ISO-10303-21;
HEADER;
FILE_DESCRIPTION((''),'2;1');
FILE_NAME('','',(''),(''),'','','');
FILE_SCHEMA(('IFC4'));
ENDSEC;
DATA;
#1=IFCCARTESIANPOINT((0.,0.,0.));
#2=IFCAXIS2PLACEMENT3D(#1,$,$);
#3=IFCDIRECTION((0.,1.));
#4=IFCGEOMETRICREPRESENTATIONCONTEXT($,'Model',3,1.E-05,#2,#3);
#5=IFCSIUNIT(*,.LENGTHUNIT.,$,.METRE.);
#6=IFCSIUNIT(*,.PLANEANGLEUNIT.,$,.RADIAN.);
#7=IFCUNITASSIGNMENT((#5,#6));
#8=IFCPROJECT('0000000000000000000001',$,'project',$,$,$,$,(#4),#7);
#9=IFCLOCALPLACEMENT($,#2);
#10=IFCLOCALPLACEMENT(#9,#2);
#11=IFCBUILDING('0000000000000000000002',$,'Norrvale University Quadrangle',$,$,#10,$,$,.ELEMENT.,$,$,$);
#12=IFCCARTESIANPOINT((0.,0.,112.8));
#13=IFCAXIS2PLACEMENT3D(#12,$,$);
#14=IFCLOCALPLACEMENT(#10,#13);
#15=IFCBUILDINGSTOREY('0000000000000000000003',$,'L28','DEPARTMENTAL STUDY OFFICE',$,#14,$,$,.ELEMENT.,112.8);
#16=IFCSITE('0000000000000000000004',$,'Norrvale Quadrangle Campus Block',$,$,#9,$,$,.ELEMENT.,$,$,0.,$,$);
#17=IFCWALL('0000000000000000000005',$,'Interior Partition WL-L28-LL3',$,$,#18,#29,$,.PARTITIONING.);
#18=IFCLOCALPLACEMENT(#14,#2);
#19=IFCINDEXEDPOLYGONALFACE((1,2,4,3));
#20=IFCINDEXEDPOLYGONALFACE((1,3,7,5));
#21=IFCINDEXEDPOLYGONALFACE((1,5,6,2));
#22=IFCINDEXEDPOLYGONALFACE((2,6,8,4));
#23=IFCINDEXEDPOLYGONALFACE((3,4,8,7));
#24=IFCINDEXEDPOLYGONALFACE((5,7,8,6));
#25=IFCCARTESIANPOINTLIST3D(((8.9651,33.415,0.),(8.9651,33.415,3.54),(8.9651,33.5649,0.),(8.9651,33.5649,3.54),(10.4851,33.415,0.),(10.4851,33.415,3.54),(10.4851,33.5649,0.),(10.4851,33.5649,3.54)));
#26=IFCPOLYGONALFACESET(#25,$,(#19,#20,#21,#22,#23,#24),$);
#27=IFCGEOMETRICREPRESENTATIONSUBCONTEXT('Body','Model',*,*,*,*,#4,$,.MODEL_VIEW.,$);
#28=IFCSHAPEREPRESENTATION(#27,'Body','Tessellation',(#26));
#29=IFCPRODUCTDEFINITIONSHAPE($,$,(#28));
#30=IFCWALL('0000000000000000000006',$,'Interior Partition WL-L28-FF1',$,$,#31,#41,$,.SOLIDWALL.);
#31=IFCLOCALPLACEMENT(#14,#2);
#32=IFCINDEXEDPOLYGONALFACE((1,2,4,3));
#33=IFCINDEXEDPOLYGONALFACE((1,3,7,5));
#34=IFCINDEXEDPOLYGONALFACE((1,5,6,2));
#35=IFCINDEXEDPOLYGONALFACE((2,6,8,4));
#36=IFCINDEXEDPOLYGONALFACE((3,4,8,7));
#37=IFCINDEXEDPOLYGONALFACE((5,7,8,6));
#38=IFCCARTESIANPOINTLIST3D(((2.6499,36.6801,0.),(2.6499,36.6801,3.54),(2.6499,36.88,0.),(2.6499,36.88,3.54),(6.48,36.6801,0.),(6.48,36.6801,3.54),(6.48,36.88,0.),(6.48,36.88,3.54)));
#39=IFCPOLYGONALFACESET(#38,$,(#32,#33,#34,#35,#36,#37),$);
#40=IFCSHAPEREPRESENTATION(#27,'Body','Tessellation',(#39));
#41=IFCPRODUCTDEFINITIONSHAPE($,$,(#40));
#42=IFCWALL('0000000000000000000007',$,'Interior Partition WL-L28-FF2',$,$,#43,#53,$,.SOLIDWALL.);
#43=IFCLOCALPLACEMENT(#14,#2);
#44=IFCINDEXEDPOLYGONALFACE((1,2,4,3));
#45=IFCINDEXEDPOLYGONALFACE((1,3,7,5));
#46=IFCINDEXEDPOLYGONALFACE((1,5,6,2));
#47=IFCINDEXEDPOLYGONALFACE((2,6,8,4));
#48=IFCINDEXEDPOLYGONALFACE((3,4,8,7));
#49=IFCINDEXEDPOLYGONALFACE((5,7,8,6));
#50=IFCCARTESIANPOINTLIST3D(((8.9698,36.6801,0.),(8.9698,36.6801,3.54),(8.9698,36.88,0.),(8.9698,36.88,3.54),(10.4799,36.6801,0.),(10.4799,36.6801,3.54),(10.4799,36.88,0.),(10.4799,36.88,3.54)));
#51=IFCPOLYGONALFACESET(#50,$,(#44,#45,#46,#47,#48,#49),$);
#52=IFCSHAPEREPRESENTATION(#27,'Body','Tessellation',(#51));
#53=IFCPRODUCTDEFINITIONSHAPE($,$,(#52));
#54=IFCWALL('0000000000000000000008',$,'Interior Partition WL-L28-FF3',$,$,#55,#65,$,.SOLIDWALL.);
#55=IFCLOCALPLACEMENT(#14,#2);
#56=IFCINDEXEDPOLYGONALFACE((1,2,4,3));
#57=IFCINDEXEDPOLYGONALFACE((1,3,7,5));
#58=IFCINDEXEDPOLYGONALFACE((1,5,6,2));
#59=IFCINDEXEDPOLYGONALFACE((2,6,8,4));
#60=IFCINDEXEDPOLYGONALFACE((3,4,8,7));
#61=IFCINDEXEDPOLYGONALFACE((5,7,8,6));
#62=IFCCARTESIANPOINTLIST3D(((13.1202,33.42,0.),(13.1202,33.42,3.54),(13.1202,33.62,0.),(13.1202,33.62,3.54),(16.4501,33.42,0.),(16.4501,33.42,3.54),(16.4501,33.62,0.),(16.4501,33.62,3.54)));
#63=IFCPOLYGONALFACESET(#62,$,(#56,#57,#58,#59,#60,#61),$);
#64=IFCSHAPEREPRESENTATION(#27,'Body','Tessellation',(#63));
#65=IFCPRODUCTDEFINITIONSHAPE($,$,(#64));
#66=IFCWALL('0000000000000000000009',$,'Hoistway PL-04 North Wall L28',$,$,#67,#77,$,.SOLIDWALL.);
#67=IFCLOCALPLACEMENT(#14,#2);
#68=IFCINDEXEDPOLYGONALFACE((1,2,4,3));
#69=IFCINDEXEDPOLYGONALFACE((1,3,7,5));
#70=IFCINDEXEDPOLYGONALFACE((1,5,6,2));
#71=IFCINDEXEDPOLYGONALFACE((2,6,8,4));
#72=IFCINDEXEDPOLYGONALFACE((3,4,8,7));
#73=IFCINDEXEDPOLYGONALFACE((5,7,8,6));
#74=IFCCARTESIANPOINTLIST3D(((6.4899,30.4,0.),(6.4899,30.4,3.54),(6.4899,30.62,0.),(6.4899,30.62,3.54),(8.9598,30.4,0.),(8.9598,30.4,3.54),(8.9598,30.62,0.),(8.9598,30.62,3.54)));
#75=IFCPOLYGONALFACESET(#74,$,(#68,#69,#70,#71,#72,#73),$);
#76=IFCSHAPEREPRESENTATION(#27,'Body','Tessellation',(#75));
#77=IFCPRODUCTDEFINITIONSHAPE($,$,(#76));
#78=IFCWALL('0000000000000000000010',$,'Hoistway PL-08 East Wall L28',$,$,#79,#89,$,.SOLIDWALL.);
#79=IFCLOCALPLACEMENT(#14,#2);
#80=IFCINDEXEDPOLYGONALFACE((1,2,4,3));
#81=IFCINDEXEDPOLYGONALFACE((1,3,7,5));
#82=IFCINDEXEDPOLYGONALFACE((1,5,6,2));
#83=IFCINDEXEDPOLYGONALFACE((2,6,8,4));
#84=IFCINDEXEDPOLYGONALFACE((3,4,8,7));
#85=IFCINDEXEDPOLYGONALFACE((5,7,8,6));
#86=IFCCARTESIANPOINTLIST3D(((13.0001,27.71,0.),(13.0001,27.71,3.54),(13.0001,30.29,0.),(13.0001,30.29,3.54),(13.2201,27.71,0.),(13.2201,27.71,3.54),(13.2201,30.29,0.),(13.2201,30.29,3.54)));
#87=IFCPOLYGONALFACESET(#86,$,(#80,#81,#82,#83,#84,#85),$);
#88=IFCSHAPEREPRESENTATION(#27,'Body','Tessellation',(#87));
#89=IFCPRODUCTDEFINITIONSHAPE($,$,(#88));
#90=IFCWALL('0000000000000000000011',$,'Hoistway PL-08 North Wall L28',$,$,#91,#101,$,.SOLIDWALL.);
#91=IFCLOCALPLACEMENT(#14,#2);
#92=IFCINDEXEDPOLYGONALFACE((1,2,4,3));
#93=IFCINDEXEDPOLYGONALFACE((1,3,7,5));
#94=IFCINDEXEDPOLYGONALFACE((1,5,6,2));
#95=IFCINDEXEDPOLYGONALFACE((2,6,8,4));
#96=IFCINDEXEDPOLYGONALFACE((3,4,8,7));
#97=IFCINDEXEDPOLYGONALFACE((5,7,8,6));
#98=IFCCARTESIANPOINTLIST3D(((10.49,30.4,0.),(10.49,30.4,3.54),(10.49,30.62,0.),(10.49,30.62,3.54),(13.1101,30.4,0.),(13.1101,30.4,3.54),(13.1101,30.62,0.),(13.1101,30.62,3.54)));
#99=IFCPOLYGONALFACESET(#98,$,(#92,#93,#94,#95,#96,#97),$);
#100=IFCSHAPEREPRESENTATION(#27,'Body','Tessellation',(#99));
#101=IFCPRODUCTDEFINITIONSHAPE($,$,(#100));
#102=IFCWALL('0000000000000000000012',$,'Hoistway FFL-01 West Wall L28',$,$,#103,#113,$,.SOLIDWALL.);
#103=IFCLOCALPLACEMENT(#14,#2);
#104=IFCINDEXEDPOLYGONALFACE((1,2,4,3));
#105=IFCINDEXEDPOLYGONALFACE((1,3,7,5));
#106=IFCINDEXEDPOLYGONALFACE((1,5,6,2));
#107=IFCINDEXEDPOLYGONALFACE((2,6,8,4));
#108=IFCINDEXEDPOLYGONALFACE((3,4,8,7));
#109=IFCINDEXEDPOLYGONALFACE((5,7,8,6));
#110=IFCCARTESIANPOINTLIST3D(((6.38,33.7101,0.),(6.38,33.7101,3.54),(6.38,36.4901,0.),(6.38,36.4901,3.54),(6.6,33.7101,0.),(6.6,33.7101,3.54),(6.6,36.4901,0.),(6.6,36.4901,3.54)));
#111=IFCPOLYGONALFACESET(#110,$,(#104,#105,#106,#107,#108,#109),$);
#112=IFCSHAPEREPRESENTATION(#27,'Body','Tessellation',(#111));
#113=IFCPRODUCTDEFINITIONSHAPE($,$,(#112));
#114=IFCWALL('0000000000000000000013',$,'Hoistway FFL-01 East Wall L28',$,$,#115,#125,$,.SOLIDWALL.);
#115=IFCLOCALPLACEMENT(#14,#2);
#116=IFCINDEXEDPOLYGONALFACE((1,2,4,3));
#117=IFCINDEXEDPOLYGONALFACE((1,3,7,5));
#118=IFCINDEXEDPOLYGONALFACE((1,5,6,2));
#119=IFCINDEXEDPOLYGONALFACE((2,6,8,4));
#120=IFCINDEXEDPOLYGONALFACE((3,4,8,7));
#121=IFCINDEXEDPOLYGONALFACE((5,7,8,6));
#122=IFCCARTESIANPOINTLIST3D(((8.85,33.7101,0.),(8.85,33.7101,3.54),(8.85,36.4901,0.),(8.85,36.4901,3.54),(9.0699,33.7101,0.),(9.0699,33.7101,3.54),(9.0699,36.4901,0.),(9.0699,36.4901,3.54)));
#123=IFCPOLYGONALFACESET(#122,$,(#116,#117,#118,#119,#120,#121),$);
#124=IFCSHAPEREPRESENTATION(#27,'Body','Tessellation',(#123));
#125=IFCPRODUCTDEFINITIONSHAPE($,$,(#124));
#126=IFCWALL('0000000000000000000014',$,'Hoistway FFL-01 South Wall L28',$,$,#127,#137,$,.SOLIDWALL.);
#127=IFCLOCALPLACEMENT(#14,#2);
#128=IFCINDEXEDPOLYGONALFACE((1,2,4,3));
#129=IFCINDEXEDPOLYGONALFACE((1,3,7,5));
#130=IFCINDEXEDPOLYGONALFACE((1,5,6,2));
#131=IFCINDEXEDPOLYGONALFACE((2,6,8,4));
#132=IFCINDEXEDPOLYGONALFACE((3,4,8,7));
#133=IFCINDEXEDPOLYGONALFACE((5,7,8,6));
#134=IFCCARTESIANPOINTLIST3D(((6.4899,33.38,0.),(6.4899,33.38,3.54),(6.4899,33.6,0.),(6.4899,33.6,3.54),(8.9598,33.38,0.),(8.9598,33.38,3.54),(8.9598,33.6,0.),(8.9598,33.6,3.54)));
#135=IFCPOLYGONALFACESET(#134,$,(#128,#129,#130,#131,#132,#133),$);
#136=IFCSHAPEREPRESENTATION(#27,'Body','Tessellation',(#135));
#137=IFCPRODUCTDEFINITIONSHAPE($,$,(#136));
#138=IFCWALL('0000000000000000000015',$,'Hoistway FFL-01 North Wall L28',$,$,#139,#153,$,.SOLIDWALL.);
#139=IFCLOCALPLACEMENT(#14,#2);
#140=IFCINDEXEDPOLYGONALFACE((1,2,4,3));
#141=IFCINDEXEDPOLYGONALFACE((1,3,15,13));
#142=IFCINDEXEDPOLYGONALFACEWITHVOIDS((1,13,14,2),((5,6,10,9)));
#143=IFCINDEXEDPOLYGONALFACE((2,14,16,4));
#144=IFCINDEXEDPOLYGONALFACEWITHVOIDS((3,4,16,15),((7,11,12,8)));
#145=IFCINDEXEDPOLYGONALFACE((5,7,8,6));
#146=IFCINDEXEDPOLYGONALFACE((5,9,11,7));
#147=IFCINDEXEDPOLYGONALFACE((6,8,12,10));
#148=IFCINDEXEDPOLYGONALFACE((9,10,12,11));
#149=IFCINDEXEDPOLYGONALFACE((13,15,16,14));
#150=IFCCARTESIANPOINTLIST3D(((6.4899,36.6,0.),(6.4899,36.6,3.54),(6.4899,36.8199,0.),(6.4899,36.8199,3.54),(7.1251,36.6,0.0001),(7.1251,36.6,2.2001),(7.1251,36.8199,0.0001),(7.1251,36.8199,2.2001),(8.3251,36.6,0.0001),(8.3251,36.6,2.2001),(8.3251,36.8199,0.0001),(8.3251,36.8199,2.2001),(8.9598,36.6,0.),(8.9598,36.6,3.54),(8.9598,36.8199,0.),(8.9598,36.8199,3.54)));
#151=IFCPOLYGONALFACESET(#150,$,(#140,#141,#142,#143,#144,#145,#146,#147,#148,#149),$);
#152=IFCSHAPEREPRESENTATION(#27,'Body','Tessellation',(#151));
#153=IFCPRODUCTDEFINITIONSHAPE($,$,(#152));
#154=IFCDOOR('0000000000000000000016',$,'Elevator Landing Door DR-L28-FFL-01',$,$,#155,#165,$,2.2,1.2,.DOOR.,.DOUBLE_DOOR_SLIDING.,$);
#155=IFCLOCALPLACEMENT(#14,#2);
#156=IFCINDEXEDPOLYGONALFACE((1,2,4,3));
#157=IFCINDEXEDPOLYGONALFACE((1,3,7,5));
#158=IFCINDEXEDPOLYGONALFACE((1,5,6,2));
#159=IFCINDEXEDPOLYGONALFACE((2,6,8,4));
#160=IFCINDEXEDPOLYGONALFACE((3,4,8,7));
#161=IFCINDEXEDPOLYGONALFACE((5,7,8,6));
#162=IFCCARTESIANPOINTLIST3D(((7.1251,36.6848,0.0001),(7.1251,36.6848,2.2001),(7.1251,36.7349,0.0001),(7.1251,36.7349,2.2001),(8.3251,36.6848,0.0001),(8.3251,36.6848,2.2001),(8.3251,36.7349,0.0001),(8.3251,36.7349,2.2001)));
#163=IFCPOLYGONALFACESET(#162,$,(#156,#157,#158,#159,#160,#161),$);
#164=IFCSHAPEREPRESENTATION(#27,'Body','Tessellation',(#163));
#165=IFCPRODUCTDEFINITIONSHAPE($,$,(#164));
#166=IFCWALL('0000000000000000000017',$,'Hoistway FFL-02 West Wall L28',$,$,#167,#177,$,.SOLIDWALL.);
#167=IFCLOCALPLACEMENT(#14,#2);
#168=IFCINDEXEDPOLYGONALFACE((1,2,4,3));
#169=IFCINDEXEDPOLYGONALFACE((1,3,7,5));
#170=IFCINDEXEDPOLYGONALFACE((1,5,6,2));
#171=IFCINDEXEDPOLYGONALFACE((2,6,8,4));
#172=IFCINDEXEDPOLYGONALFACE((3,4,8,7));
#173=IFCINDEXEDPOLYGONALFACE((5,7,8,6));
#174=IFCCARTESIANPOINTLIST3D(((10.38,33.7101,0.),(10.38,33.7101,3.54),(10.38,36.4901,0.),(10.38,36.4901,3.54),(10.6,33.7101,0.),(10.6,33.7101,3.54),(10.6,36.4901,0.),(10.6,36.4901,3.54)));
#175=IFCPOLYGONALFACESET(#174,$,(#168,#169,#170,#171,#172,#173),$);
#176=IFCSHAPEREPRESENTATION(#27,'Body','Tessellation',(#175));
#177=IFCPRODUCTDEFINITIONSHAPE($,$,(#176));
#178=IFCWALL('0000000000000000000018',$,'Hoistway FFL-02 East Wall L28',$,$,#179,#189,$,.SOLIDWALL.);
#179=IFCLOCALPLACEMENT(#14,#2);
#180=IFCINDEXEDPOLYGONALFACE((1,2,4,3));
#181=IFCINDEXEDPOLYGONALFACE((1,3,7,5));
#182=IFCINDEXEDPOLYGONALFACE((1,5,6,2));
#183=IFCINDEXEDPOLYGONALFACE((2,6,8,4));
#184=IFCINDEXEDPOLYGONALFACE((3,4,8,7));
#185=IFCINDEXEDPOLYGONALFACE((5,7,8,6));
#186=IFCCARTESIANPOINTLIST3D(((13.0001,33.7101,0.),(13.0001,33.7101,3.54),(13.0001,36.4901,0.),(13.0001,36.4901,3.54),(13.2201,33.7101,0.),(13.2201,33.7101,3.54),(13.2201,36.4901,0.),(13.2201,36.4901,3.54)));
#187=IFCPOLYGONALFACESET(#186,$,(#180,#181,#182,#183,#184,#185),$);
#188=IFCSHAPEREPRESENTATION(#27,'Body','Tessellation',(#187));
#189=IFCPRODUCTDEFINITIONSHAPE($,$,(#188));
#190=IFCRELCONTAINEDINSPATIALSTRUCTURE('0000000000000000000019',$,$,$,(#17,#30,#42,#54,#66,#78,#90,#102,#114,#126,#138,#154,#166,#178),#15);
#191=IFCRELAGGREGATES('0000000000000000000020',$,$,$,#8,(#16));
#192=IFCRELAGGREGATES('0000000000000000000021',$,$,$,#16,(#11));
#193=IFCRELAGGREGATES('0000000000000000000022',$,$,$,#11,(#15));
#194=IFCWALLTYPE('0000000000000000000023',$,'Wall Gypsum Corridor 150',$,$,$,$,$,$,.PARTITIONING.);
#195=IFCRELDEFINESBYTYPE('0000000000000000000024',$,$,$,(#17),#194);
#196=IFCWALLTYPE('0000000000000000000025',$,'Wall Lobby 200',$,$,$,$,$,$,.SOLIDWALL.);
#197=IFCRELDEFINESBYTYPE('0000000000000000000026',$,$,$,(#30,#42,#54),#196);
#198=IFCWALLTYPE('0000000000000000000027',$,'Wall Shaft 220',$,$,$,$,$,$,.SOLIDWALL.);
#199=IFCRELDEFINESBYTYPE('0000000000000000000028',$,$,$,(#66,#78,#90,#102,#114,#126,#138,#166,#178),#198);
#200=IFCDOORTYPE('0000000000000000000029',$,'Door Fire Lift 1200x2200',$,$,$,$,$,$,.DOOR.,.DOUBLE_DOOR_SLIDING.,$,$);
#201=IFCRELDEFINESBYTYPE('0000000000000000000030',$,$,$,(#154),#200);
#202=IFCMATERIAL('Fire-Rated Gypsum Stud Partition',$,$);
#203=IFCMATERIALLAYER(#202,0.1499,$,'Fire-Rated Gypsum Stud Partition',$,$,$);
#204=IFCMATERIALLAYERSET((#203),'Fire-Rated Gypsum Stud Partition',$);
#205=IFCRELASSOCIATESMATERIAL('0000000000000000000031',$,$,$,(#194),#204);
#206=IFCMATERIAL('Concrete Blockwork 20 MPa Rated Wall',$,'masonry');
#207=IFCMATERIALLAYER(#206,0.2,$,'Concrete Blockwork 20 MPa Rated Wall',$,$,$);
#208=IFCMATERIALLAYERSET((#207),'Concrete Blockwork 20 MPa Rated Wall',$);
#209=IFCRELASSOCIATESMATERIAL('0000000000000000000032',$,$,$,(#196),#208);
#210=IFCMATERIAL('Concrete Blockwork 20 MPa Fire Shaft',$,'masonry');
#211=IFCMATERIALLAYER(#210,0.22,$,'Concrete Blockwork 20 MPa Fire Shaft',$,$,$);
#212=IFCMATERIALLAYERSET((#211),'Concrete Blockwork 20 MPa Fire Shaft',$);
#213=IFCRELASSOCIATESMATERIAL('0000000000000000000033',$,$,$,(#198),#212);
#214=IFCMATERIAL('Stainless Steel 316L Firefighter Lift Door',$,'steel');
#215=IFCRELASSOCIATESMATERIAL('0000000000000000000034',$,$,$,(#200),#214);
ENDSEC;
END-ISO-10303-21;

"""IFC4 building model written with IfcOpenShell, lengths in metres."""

from ifc_helpers import new_model, si_unit, direction, frame, frame_2d, origin, place, context, subcontext, project, spatial, rectangle, extrude, material, layer, layer_set, type_object, element, fill, save


model = new_model("IFC4")

# Units and contexts
model_context = context("Model", 3, precision=1e-05, world=origin(), true_north=direction((0.0, 1.0)))
body_context = subcontext(model_context, "Body", "Model", "MODEL_VIEW")
ifc_project = project(units=[si_unit("LENGTHUNIT", "METRE"), si_unit("PLANEANGLEUNIT", "RADIAN")], contexts=[model_context])

# Site, building, storey
site_placement = place(None, origin())
site = spatial("IfcSite", under=ifc_project, at=site_placement, Name="Norrvale Quadrangle Campus Block", CompositionType="ELEMENT", RefElevation=0.0)
building_placement = place(site_placement, origin())
building = spatial("IfcBuilding", under=site, at=building_placement, Name="Norrvale University Quadrangle", CompositionType="ELEMENT")
storey_placement = place(building_placement, frame((0.0, 0.0, 112.8)))
storey = spatial("IfcBuildingStorey", under=building, at=storey_placement, Name="L28", Description="DEPARTMENTAL STUDY OFFICE", CompositionType="ELEMENT", Elevation=112.8)

# Walls
ifc_material_1 = material(Name="Fire-Rated Gypsum Stud Partition")
ifc_layer_1 = layer(ifc_material_1, 0.1499, Name="Fire-Rated Gypsum Stud Partition")
ifc_layer_set_1 = layer_set([ifc_layer_1], Name="Fire-Rated Gypsum Stud Partition")
wall_type_1 = type_object("IfcWallType", Name="Wall Gypsum Corridor 150", PredefinedType="PARTITIONING", material=ifc_layer_set_1)
wall_1_placement = place(storey_placement, frame((8.9651, 33.49, 0.0), z_axis=(0.0, 0.0, 1.0), x_axis=(1.0, 0.0, 0.0)))
element("IfcWall", 1, at=wall_1_placement, inside=storey, type_object=wall_type_1, Name="Interior Partition WL-L28-LL3", PredefinedType="PARTITIONING", context=body_context, shape_type="SweptSolid", body=[
    extrude(rectangle(XDim=1.52, YDim=0.1499, at=frame_2d((0.76, 0.0))), origin(), (0.0, 0.0, 1.0), 3.54),
])
ifc_material_2 = material(Name="Concrete Blockwork 20 MPa Rated Wall", Category="masonry")
ifc_layer_2 = layer(ifc_material_2, 0.2, Name="Concrete Blockwork 20 MPa Rated Wall")
ifc_layer_set_2 = layer_set([ifc_layer_2], Name="Concrete Blockwork 20 MPa Rated Wall")
wall_type_2 = type_object("IfcWallType", Name="Wall Lobby 200", PredefinedType="SOLIDWALL", material=ifc_layer_set_2)
wall_2_placement = place(storey_placement, frame((2.6499, 36.78, 0.0), z_axis=(0.0, 0.0, 1.0), x_axis=(1.0, 0.0, 0.0)))
element("IfcWall", 2, at=wall_2_placement, inside=storey, type_object=wall_type_2, Name="Interior Partition WL-L28-FF1", PredefinedType="SOLIDWALL", context=body_context, shape_type="SweptSolid", body=[
    extrude(rectangle(XDim=3.8301, YDim=0.2, at=frame_2d((1.915, 0.0))), origin(), (0.0, 0.0, 1.0), 3.54),
])
wall_3_placement = place(storey_placement, frame((8.97, 36.78, 0.0), z_axis=(0.0, 0.0, 1.0), x_axis=(1.0, 0.0, 0.0)))
element("IfcWall", 3, at=wall_3_placement, inside=storey, type_object=wall_type_2, Name="Interior Partition WL-L28-FF2", PredefinedType="SOLIDWALL", context=body_context, shape_type="SweptSolid", body=[
    extrude(rectangle(XDim=1.51, YDim=0.2, at=frame_2d((0.7549, 0.0))), origin(), (0.0, 0.0, 1.0), 3.54),
])
wall_4_placement = place(storey_placement, frame((13.1201, 33.52, 0.0), z_axis=(0.0, 0.0, 1.0), x_axis=(1.0, 0.0, 0.0)))
element("IfcWall", 4, at=wall_4_placement, inside=storey, type_object=wall_type_2, Name="Interior Partition WL-L28-FF3", PredefinedType="SOLIDWALL", context=body_context, shape_type="SweptSolid", body=[
    extrude(rectangle(XDim=3.3298, YDim=0.2, at=frame_2d((1.665, 0.0))), origin(), (0.0, 0.0, 1.0), 3.54),
])
ifc_material_3 = material(Name="Concrete Blockwork 20 MPa Fire Shaft", Category="masonry")
ifc_layer_3 = layer(ifc_material_3, 0.22, Name="Concrete Blockwork 20 MPa Fire Shaft")
ifc_layer_set_3 = layer_set([ifc_layer_3], Name="Concrete Blockwork 20 MPa Fire Shaft")
wall_type_3 = type_object("IfcWallType", Name="Wall Shaft 220", PredefinedType="SOLIDWALL", material=ifc_layer_set_3)
wall_5_placement = place(storey_placement, frame((6.49, 30.51, 0.0), z_axis=(0.0, 0.0, 1.0), x_axis=(1.0, 0.0, 0.0)))
element("IfcWall", 5, at=wall_5_placement, inside=storey, type_object=wall_type_3, Name="Hoistway PL-04 North Wall L28", PredefinedType="SOLIDWALL", context=body_context, shape_type="SweptSolid", body=[
    extrude(rectangle(XDim=2.47, YDim=0.22, at=frame_2d((1.2349, 0.0))), origin(), (0.0, 0.0, 1.0), 3.54),
])
wall_6_placement = place(storey_placement, frame((13.1101, 27.71, 0.0), z_axis=(0.0, 0.0, 1.0), x_axis=(0.0, 1.0, 0.0)))
element("IfcWall", 6, at=wall_6_placement, inside=storey, type_object=wall_type_3, Name="Hoistway PL-08 East Wall L28", PredefinedType="SOLIDWALL", context=body_context, shape_type="SweptSolid", body=[
    extrude(rectangle(XDim=2.5801, YDim=0.22, at=frame_2d((1.29, 0.0))), origin(), (0.0, 0.0, 1.0), 3.54),
])
wall_7_placement = place(storey_placement, frame((10.49, 30.51, 0.0), z_axis=(0.0, 0.0, 1.0), x_axis=(1.0, 0.0, 0.0)))
element("IfcWall", 7, at=wall_7_placement, inside=storey, type_object=wall_type_3, Name="Hoistway PL-08 North Wall L28", PredefinedType="SOLIDWALL", context=body_context, shape_type="SweptSolid", body=[
    extrude(rectangle(XDim=2.6201, YDim=0.22, at=frame_2d((1.3101, 0.0))), origin(), (0.0, 0.0, 1.0), 3.54),
])
for number, where, z_axis, x_axis, name in (
    (8, (6.49, 33.71, 0.0), (0.0, 0.0, 1.0), (0.0, 1.0, 0.0), "Hoistway FFL-01 West Wall L28"),
    (9, (8.96, 33.71, 0.0), (0.0, 0.0, 1.0), (0.0, 1.0, 0.0), "Hoistway FFL-01 East Wall L28"),
):
    element("IfcWall", number, at=place(storey_placement, frame(where, z_axis=z_axis, x_axis=x_axis)), inside=storey, type_object=wall_type_3, Name=name, PredefinedType="SOLIDWALL", context=body_context, shape_type="SweptSolid", body=[
        extrude(rectangle(XDim=2.78, YDim=0.22, at=frame_2d((1.3901, 0.0))), origin(), (0.0, 0.0, 1.0), 3.54),
    ])
wall_8_placement = place(storey_placement, frame((6.49, 33.49, 0.0), z_axis=(0.0, 0.0, 1.0), x_axis=(1.0, 0.0, 0.0)))
element("IfcWall", 10, at=wall_8_placement, inside=storey, type_object=wall_type_3, Name="Hoistway FFL-01 South Wall L28", PredefinedType="SOLIDWALL", context=body_context, shape_type="SweptSolid", body=[
    extrude(rectangle(XDim=2.47, YDim=0.22, at=frame_2d((1.2349, 0.0))), origin(), (0.0, 0.0, 1.0), 3.54),
])

# Wall, opening, door
wall_9_placement = place(storey_placement, frame((6.49, 36.71, 0.0), z_axis=(0.0, 0.0, 1.0), x_axis=(1.0, 0.0, 0.0)))
wall_9 = element("IfcWall", 11, at=wall_9_placement, inside=storey, type_object=wall_type_3, Name="Hoistway FFL-01 North Wall L28", PredefinedType="SOLIDWALL", context=body_context, shape_type="SweptSolid", body=[
    extrude(rectangle(XDim=2.47, YDim=0.22, at=frame_2d((1.2349, 0.0))), origin(), (0.0, 0.0, 1.0), 3.54),
])
opening_1_placement = place(wall_9_placement, frame((0.635, 0.0, 0.0)))
opening_1 = element("IfcOpeningElement", 12, at=opening_1_placement, cuts=wall_9, PredefinedType="OPENING", context=body_context, shape_type="SweptSolid", body=[
    extrude(rectangle(XDim=1.2, YDim=2.2, at=frame_2d((0.6001, 1.1001))), frame((0.0, 0.1221, 0.0), z_axis=(0.0, -1.0, 0.0), x_axis=(1.0, 0.0, 0.0)), (0.0, 0.0, 1.0), 0.2439),
])
ifc_material_4 = material(Name="Stainless Steel 316L Firefighter Lift Door", Category="steel")
door_type = type_object("IfcDoorType", Name="Door Fire Lift 1200x2200", OperationType="DOUBLE_DOOR_SLIDING", PredefinedType="DOOR", material=ifc_material_4)
door_1_placement = place(opening_1_placement, origin())
door_1 = element("IfcDoor", 13, at=door_1_placement, inside=storey, type_object=door_type, Name="Elevator Landing Door DR-L28-FFL-01", OperationType="DOUBLE_DOOR_SLIDING", OverallHeight=2.2, OverallWidth=1.2, PredefinedType="DOOR", context=body_context, shape_type="SweptSolid", body=[
    extrude(rectangle(XDim=1.2, YDim=2.2, at=frame_2d((0.6001, 1.1001))), frame((0.0, 0.0249, 0.0), z_axis=(0.0, -1.0, 0.0), x_axis=(1.0, 0.0, 0.0)), (0.0, 0.0, 1.0), 0.05),
])
fill(opening_1, door_1)

# Walls
for number, where, z_axis, x_axis, name in (
    (14, (10.49, 33.71, 0.0), (0.0, 0.0, 1.0), (0.0, 1.0, 0.0), "Hoistway FFL-02 West Wall L28"),
    (15, (13.1101, 33.71, 0.0), (0.0, 0.0, 1.0), (0.0, 1.0, 0.0), "Hoistway FFL-02 East Wall L28"),
):
    element("IfcWall", number, at=place(storey_placement, frame(where, z_axis=z_axis, x_axis=x_axis)), inside=storey, type_object=wall_type_3, Name=name, PredefinedType="SOLIDWALL", context=body_context, shape_type="SweptSolid", body=[
        extrude(rectangle(XDim=2.78, YDim=0.22, at=frame_2d((1.3901, 0.0))), origin(), (0.0, 0.0, 1.0), 3.54),
    ])

save(model, "model.ifc")
